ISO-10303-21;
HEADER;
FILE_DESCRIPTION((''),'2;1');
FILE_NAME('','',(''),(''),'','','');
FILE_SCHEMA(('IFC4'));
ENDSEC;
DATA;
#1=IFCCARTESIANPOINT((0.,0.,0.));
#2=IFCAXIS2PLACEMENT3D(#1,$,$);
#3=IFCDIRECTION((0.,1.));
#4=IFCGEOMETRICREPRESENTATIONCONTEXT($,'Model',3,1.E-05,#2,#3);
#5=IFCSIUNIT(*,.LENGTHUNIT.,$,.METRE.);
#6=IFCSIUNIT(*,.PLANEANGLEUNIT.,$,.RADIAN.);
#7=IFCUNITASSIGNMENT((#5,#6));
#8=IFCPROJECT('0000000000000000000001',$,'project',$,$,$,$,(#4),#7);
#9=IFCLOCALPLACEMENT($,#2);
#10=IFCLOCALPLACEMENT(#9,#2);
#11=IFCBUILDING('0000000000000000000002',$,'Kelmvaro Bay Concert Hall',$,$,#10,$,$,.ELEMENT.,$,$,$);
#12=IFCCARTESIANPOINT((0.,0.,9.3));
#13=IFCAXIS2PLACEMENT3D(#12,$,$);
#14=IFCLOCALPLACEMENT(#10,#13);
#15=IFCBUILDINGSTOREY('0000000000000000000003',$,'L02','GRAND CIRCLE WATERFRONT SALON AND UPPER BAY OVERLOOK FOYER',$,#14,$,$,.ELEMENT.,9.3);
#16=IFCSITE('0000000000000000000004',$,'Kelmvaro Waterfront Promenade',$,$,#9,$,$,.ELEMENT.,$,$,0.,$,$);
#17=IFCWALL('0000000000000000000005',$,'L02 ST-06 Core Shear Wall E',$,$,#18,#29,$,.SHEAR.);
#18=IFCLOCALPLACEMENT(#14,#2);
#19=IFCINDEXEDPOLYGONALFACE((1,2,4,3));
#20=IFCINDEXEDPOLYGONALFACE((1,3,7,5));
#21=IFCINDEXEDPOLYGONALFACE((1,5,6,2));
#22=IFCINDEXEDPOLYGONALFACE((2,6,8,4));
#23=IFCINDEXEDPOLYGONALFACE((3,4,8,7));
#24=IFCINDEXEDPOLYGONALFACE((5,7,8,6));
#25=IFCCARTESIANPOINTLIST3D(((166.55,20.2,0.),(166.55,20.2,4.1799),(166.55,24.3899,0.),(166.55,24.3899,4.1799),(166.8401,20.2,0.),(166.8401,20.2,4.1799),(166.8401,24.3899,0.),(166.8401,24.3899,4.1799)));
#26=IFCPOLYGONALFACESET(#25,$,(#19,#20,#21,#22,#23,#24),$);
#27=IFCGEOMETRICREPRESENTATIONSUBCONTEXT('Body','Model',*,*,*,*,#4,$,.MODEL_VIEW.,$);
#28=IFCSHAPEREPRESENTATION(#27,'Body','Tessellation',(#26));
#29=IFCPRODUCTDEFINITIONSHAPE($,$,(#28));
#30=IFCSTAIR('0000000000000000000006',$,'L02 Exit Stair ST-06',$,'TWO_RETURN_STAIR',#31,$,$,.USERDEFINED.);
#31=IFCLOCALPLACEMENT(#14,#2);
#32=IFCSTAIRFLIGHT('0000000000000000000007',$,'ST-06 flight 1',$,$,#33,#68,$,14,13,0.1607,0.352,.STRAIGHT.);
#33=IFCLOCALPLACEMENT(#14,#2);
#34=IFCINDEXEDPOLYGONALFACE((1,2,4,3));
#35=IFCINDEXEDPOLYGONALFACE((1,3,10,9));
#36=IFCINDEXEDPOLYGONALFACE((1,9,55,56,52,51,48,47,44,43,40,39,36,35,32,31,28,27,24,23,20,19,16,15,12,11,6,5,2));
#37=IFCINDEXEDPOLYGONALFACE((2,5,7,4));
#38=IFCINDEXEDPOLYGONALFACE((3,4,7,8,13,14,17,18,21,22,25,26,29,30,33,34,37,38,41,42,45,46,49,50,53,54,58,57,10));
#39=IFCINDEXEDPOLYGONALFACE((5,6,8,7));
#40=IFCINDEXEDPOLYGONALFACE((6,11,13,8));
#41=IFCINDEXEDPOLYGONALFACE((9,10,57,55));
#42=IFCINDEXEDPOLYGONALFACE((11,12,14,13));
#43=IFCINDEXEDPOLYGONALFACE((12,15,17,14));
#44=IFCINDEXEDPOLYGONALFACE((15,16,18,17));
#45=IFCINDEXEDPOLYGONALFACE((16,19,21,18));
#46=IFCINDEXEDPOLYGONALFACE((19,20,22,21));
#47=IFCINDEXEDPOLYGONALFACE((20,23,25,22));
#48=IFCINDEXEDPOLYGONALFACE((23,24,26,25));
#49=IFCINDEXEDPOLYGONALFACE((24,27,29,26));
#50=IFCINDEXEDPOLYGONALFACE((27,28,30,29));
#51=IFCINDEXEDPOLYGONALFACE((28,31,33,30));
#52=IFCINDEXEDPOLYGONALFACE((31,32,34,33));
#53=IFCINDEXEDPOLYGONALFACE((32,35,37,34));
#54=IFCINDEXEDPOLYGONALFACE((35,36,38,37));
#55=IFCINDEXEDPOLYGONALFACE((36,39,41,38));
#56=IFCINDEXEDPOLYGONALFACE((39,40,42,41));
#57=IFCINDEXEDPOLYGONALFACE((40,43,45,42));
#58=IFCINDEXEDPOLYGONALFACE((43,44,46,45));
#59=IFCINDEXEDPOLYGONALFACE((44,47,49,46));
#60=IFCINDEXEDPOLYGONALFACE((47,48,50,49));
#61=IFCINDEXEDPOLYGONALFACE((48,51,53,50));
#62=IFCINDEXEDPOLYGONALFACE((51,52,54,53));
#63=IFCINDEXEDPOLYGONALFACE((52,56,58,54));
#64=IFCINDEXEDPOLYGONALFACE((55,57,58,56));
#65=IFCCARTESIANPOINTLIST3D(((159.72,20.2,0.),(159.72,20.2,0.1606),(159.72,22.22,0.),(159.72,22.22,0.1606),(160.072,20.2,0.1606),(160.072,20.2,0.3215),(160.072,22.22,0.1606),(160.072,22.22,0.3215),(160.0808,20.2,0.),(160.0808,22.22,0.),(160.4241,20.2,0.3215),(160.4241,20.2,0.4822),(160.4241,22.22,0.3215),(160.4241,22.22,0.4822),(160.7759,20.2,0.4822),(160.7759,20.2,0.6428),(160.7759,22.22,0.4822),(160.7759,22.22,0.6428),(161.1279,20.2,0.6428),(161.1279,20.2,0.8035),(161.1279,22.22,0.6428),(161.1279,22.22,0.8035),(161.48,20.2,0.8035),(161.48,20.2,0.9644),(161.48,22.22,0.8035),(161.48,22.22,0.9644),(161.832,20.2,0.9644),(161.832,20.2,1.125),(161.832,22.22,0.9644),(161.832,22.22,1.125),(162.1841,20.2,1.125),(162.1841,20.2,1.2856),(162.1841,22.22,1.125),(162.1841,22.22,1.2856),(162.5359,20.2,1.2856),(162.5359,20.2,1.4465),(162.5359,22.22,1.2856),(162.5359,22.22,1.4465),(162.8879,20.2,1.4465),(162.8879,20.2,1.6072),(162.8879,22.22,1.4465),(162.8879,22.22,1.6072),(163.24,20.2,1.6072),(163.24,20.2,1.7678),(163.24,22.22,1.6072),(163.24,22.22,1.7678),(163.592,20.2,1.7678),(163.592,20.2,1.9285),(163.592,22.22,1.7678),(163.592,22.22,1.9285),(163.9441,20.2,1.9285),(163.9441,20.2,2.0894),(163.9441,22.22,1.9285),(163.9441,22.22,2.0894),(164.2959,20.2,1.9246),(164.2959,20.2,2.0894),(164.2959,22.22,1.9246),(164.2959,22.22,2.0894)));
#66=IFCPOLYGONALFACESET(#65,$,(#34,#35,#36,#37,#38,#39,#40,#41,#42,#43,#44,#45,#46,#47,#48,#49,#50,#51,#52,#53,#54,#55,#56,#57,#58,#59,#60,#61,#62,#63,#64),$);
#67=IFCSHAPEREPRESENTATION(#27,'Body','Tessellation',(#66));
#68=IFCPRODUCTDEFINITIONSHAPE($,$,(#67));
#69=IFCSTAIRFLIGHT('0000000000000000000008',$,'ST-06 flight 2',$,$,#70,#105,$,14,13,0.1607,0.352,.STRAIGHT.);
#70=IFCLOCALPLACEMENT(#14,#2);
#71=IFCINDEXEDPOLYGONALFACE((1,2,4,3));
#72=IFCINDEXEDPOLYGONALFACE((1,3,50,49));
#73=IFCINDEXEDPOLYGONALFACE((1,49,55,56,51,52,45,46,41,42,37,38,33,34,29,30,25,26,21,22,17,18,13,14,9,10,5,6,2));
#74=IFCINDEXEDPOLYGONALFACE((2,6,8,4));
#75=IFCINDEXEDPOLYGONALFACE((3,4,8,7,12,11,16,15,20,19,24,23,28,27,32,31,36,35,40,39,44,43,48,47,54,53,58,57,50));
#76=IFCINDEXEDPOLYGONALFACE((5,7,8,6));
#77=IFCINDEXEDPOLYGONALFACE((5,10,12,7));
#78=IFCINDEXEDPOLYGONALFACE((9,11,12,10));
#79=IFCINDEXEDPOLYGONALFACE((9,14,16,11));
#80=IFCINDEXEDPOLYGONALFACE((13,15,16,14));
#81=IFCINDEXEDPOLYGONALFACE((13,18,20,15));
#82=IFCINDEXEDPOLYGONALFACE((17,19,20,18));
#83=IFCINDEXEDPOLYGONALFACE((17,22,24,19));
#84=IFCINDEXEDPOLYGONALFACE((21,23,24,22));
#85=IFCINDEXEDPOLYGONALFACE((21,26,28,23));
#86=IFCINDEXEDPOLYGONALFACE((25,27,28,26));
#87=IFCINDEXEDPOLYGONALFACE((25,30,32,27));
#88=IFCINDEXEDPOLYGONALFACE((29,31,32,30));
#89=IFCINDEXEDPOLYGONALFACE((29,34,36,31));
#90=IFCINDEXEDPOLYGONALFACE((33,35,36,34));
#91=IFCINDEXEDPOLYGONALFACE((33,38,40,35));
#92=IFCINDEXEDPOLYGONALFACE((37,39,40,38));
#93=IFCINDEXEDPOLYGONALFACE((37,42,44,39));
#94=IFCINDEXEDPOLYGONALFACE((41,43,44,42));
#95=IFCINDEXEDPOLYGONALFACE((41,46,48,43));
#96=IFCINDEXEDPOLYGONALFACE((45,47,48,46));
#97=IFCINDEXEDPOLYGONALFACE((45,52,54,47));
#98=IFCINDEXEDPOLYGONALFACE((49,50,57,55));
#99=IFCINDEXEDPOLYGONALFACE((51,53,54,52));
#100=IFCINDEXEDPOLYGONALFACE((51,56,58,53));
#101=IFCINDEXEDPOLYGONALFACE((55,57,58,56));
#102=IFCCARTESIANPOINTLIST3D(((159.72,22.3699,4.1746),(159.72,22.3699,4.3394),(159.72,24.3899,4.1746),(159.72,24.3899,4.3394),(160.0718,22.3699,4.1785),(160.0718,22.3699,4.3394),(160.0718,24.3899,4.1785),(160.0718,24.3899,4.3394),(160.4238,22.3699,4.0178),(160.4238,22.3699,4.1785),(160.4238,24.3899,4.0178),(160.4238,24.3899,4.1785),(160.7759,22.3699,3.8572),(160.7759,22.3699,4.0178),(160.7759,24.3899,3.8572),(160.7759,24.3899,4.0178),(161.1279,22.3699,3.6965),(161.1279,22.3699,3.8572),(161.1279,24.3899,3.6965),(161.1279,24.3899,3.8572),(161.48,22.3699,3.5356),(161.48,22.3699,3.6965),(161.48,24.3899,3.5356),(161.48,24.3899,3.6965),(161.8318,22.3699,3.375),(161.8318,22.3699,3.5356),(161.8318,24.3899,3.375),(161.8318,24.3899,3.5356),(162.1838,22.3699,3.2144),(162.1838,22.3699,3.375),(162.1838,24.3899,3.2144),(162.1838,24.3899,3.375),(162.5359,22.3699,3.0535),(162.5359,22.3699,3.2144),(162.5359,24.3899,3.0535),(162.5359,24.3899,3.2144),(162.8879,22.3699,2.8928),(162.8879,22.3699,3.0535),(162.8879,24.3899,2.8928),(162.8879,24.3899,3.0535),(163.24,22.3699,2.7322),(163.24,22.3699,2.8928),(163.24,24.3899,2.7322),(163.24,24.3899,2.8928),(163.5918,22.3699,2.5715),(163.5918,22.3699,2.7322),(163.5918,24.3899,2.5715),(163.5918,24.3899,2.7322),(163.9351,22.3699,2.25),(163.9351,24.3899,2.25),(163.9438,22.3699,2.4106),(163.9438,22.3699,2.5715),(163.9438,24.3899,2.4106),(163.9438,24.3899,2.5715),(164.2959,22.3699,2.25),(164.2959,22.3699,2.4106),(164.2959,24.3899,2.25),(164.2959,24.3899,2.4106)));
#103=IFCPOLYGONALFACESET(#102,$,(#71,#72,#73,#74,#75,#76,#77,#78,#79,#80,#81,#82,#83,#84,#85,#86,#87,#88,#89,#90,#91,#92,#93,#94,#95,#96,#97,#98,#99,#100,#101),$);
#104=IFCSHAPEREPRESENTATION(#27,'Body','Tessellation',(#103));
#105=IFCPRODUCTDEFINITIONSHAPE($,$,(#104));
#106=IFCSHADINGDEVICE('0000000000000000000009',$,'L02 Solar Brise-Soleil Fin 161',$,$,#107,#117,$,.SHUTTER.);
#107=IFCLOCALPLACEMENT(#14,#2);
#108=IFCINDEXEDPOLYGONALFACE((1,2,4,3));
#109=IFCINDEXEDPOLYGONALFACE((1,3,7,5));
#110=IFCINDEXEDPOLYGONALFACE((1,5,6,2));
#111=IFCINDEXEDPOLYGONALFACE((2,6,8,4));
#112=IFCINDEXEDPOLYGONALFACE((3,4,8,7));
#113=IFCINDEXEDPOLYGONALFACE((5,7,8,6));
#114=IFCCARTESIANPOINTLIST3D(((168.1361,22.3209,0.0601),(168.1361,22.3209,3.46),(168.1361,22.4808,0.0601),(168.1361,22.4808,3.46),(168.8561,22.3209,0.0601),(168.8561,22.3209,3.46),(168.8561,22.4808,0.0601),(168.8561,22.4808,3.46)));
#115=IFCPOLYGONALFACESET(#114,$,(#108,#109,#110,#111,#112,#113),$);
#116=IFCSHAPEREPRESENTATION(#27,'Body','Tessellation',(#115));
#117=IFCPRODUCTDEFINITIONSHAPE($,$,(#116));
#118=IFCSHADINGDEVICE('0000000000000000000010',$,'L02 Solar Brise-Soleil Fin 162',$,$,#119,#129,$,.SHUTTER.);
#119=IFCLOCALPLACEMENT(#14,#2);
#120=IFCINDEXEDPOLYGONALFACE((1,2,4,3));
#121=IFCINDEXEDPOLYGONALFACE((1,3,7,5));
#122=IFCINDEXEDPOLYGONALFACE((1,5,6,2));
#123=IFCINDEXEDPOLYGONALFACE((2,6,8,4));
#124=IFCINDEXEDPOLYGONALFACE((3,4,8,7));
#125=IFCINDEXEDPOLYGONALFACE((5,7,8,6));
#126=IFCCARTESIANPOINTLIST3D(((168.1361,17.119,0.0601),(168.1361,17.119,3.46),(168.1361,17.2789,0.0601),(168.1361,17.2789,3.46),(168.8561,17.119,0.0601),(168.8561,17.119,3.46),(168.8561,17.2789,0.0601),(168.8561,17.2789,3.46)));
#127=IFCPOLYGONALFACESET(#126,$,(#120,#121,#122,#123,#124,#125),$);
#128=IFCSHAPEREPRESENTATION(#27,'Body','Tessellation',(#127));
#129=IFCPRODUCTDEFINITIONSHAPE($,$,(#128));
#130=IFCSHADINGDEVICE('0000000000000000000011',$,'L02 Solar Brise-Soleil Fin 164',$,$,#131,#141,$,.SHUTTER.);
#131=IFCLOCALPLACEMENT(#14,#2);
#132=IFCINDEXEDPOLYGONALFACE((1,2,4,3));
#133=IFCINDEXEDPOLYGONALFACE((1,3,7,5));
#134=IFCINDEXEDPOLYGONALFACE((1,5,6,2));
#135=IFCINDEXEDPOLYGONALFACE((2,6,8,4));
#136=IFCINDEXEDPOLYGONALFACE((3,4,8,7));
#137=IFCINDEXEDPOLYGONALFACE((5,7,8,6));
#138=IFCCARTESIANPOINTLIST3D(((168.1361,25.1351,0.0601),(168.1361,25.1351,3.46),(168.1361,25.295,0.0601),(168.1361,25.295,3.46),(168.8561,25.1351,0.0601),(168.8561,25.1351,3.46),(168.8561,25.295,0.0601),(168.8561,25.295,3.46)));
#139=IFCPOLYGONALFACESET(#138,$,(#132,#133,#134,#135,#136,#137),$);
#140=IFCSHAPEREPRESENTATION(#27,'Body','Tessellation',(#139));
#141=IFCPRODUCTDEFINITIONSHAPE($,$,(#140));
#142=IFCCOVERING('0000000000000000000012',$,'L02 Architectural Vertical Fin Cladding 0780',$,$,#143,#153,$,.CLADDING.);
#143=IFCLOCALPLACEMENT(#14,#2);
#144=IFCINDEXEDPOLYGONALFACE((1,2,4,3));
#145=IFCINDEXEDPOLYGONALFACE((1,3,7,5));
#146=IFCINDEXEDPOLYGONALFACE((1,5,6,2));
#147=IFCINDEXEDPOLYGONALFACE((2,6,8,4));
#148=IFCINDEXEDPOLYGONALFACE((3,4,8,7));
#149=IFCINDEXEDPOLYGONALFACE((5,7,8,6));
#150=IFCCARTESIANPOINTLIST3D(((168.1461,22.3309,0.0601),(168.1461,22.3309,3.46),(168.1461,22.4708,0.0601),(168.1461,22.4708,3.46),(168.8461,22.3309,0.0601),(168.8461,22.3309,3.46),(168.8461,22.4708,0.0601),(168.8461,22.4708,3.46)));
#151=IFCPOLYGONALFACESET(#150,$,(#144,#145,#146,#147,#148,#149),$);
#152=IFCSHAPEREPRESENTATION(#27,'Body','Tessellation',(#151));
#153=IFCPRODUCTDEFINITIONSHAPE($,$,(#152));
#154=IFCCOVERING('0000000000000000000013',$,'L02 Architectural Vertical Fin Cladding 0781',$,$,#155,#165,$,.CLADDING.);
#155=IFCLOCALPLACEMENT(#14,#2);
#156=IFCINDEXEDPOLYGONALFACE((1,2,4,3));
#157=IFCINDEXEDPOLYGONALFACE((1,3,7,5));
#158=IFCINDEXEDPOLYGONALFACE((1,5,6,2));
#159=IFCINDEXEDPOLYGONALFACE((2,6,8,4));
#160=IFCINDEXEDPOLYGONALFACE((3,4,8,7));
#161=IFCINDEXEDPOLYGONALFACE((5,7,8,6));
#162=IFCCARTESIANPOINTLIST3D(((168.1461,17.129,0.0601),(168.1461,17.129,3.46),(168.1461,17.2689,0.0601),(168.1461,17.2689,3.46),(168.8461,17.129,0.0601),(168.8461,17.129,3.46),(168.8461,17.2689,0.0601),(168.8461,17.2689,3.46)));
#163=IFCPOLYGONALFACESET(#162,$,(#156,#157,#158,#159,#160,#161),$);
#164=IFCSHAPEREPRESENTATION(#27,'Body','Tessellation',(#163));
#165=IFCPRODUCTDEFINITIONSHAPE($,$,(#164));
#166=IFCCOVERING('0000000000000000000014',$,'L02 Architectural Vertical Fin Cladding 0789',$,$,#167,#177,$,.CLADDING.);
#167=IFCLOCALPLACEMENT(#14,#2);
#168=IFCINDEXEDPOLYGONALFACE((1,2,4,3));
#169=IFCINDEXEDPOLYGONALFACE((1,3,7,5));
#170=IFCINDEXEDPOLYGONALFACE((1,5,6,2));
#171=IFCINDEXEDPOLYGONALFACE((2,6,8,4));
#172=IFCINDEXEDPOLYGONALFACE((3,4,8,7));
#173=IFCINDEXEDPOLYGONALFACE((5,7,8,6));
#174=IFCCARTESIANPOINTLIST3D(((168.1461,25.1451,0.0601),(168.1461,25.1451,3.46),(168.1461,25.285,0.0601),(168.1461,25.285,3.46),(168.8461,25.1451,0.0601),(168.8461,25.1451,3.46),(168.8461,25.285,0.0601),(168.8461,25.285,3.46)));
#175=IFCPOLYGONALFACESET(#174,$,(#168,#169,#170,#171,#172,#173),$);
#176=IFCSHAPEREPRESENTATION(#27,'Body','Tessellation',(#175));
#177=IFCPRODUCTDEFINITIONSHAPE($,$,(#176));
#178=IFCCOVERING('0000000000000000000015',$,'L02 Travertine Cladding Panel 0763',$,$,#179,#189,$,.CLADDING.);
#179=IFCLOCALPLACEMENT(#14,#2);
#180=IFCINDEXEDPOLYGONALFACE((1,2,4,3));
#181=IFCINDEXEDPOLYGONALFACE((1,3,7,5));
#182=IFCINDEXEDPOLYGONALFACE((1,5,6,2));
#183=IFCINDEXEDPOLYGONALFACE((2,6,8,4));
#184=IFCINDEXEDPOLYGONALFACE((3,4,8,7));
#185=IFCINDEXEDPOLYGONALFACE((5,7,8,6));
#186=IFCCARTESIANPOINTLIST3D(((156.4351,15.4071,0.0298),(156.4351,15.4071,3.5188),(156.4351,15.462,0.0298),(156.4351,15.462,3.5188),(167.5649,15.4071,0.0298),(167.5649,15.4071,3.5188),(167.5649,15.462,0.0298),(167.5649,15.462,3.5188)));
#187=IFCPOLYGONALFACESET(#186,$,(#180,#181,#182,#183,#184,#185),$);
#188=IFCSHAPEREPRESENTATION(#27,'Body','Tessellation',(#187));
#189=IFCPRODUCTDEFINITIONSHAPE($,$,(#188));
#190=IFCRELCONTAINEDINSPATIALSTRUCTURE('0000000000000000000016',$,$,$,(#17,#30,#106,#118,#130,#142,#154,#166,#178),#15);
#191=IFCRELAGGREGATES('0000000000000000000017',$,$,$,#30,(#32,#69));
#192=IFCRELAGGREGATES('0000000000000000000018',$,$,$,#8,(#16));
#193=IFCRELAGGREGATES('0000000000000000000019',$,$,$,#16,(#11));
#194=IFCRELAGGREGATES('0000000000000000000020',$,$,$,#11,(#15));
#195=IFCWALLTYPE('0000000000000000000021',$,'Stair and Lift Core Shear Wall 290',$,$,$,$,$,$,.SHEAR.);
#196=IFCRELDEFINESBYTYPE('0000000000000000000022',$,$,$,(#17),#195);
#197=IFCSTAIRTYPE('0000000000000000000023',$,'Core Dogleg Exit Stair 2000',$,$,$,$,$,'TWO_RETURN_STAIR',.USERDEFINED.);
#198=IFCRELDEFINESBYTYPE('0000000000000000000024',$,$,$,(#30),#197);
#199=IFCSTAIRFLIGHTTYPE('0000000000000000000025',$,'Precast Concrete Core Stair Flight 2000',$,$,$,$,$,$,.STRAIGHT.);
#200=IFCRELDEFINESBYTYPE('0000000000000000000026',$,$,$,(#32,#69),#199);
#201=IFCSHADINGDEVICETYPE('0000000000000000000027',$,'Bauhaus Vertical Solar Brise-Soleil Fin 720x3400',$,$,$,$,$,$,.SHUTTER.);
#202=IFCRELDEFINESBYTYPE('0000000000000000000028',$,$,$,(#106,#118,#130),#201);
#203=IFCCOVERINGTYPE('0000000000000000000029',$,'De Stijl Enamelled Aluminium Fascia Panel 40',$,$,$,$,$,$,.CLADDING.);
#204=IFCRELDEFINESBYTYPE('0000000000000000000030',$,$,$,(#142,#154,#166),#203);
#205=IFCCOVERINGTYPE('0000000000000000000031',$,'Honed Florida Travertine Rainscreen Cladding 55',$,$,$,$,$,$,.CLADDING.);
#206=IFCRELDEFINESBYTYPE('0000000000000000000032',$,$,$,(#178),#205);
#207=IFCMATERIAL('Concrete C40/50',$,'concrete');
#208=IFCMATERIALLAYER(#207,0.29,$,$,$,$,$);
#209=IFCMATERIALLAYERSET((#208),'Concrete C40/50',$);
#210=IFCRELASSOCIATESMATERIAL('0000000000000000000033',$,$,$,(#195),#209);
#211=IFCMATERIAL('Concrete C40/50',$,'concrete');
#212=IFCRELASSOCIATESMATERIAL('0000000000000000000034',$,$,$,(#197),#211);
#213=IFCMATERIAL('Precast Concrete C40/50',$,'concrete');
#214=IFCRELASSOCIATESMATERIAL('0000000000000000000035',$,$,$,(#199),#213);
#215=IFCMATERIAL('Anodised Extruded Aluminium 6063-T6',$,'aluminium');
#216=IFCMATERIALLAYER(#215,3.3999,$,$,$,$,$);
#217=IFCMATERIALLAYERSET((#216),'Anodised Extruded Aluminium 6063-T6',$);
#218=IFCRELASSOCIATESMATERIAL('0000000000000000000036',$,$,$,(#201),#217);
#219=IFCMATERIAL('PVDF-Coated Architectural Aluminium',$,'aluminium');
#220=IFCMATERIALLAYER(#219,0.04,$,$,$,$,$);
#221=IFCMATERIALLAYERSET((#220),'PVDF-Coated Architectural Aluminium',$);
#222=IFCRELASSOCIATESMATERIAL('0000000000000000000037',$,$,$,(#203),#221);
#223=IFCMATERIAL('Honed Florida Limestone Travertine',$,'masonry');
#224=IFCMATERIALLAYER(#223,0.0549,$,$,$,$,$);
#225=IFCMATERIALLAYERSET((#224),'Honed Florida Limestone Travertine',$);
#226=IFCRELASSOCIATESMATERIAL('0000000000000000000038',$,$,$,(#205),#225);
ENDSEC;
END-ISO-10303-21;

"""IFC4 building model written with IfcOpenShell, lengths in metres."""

from ifc_helpers import new_model, si_unit, direction, frame, frame_2d, origin, origin_2d, place, context, subcontext, project, spatial, polyline, rectangle, outline, extrude, material, layer, layer_set, type_object, element, aggregate, save


model = new_model("IFC4")

# Units and contexts
model_context = context("Model", 3, precision=1e-05, world=origin(), true_north=direction((0.0, 1.0)))
body_context = subcontext(model_context, "Body", "Model", "MODEL_VIEW")
ifc_project = project(units=[si_unit("LENGTHUNIT", "METRE"), si_unit("PLANEANGLEUNIT", "RADIAN")], contexts=[model_context])

# Site, building, storey
site_placement = place(None, origin())
site = spatial("IfcSite", under=ifc_project, at=site_placement, Name="Kelmvaro Waterfront Promenade", CompositionType="ELEMENT", RefElevation=0.0)
building_placement = place(site_placement, origin())
building = spatial("IfcBuilding", under=site, at=building_placement, Name="Kelmvaro Bay Concert Hall", CompositionType="ELEMENT")
storey_placement = place(building_placement, frame((0.0, 0.0, 9.3)))
storey = spatial("IfcBuildingStorey", under=building, at=storey_placement, Name="L02", Description="GRAND CIRCLE WATERFRONT SALON AND UPPER BAY OVERLOOK FOYER", CompositionType="ELEMENT", Elevation=9.3)

# Shared definitions
ifc_material_1 = material(Name="Concrete C40/50", Category="concrete")
ifc_layer_1 = layer(ifc_material_1, 0.29)
ifc_layer_set_1 = layer_set([ifc_layer_1], Name="Concrete C40/50")
wall_type_1 = type_object("IfcWallType", Name="Stair and Lift Core Shear Wall 290", PredefinedType="SHEAR", material=ifc_layer_set_1)

# Wall
wall_1_placement = place(storey_placement, frame((166.6951, 20.2, 0.0), z_axis=(0.0, 0.0, 1.0), x_axis=(0.0, 1.0, 0.0)))
element("IfcWall", 1, at=wall_1_placement, inside=storey, type_object=wall_type_1, Name="L02 ST-06 Core Shear Wall E", PredefinedType="SHEAR", context=body_context, shape_type="SweptSolid", body=[
    extrude(rectangle(XDim=4.1899, YDim=0.29, at=frame_2d((2.095, 0.0))), origin(), (0.0, 0.0, 1.0), 4.1799),
])

# Stair, stair flights
ifc_material_2 = material(Name="Concrete C40/50", Category="concrete")
stair_type = type_object("IfcStairType", Name="Core Dogleg Exit Stair 2000", ElementType="TWO_RETURN_STAIR", PredefinedType="USERDEFINED", material=ifc_material_2)
stair_placement = place(storey_placement, origin())
stair = element("IfcStair", 2, at=stair_placement, inside=storey, type_object=stair_type, Name="L02 Exit Stair ST-06", ObjectType="TWO_RETURN_STAIR", PredefinedType="USERDEFINED")
ifc_material_3 = material(Name="Precast Concrete C40/50", Category="concrete")
stair_flight_type = type_object("IfcStairFlightType", Name="Precast Concrete Core Stair Flight 2000", PredefinedType="STRAIGHT", material=ifc_material_3)
stair_flight_1_placement = place(storey_placement, frame((159.72, 21.21, 0.0), z_axis=(0.0, 0.0, 1.0), x_axis=(1.0, 0.0, 0.0)))
stair_flight_1 = element("IfcStairFlight", 3, at=stair_flight_1_placement, type_object=stair_flight_type, Name="ST-06 flight 1", NumberOfRisers=14, NumberOfTreads=13, PredefinedType="STRAIGHT", RiserHeight=0.1607, TreadLength=0.352, context=body_context, shape_type="SweptSolid", body=[
    extrude(outline(polyline([(0.0, 0.0), (0.0, 0.1606), (0.3521, 0.1606), (0.3521, 0.3215), (0.7041, 0.3215), (0.7041, 0.4822), (1.0559, 0.4822), (1.0559, 0.6428), (1.408, 0.6428), (1.408, 0.8035), (1.76, 0.8035), (1.76, 0.9644), (2.1121, 0.9644), (2.1121, 1.125), (2.4641, 1.125), (2.4641, 1.2856), (2.8159, 1.2856), (2.8159, 1.4465), (3.168, 1.4465), (3.168, 1.6072), (3.52, 1.6072), (3.52, 1.7678), (3.8721, 1.7678), (3.8721, 1.9285), (4.2241, 1.9285), (4.2241, 2.0894), (4.5759, 2.0894), (4.5759, 2.25), (4.5759, 1.9246), (0.3608, 0.0), (0.0, 0.0)])), frame((0.0, 1.01, 0.0), z_axis=(0.0, -1.0, 0.0), x_axis=(1.0, 0.0, 0.0)), (0.0, 0.0, 1.0), 2.02),
])
stair_flight_2_placement = place(storey_placement, frame((164.2959, 23.3799, 2.25), z_axis=(0.0, 0.0, 1.0), x_axis=(-1.0, 0.0, 0.0)))
stair_flight_2 = element("IfcStairFlight", 4, at=stair_flight_2_placement, type_object=stair_flight_type, Name="ST-06 flight 2", NumberOfRisers=14, NumberOfTreads=13, PredefinedType="STRAIGHT", RiserHeight=0.1607, TreadLength=0.352, context=body_context, shape_type="SweptSolid", body=[
    extrude(outline(polyline([(0.0, 0.0), (0.0, 0.1606), (0.3521, 0.1606), (0.3521, 0.3215), (0.7041, 0.3215), (0.7041, 0.4822), (1.0559, 0.4822), (1.0559, 0.6428), (1.408, 0.6428), (1.408, 0.8035), (1.76, 0.8035), (1.76, 0.9644), (2.1121, 0.9644), (2.1121, 1.125), (2.4641, 1.125), (2.4641, 1.2856), (2.8159, 1.2856), (2.8159, 1.4465), (3.168, 1.4465), (3.168, 1.6072), (3.52, 1.6072), (3.52, 1.7678), (3.8721, 1.7678), (3.8721, 1.9285), (4.2241, 1.9285), (4.2241, 2.0894), (4.5759, 2.0894), (4.5759, 2.25), (4.5759, 1.9246), (0.3608, 0.0), (0.0, 0.0)])), frame((0.0, 1.01, 0.0), z_axis=(0.0, -1.0, 0.0), x_axis=(1.0, 0.0, 0.0)), (0.0, 0.0, 1.0), 2.02),
])
aggregate(stair, [stair_flight_1, stair_flight_2])

# Shading devices
ifc_material_4 = material(Name="Anodised Extruded Aluminium 6063-T6", Category="aluminium")
ifc_layer_2 = layer(ifc_material_4, 3.3999)
ifc_layer_set_2 = layer_set([ifc_layer_2], Name="Anodised Extruded Aluminium 6063-T6")
shading_device_type_1 = type_object("IfcShadingDeviceType", Name="Bauhaus Vertical Solar Brise-Soleil Fin 720x3400", PredefinedType="SHUTTER", material=ifc_layer_set_2)
for number, where, z_axis, x_axis, name in (
    (5, (168.4961, 22.4009, 0.0601), (0.0, 0.0, 1.0), (0.0, -1.0, 0.0), "L02 Solar Brise-Soleil Fin 161"),
    (6, (168.4961, 17.199, 0.0601), (0.0, 0.0, 1.0), (0.0, -1.0, 0.0), "L02 Solar Brise-Soleil Fin 162"),
    (7, (168.4961, 25.2151, 0.0601), (0.0, 0.0, 1.0), (0.0, -1.0, 0.0), "L02 Solar Brise-Soleil Fin 164"),
):
    element("IfcShadingDevice", number, at=place(storey_placement, frame(where, z_axis=z_axis, x_axis=x_axis)), inside=storey, type_object=shading_device_type_1, Name=name, PredefinedType="SHUTTER", context=body_context, shape_type="SweptSolid", body=[
        extrude(rectangle(XDim=0.1599, YDim=0.72, at=origin_2d()), origin(), (0.0, 0.0, 1.0), 3.3999),
    ])

# Coverings
ifc_material_5 = material(Name="PVDF-Coated Architectural Aluminium", Category="aluminium")
ifc_layer_3 = layer(ifc_material_5, 0.04)
ifc_layer_set_3 = layer_set([ifc_layer_3], Name="PVDF-Coated Architectural Aluminium")
covering_type_1 = type_object("IfcCoveringType", Name="De Stijl Enamelled Aluminium Fascia Panel 40", PredefinedType="CLADDING", material=ifc_layer_set_3)
for number, where, z_axis, x_axis, name in (
    (8, (168.4961, 22.4009, 0.0601), (0.0, 0.0, 1.0), (0.0, -1.0, 0.0), "L02 Architectural Vertical Fin Cladding 0780"),
    (9, (168.4961, 17.199, 0.0601), (0.0, 0.0, 1.0), (0.0, -1.0, 0.0), "L02 Architectural Vertical Fin Cladding 0781"),
    (10, (168.4961, 25.2151, 0.0601), (0.0, 0.0, 1.0), (0.0, -1.0, 0.0), "L02 Architectural Vertical Fin Cladding 0789"),
):
    element("IfcCovering", number, at=place(storey_placement, frame(where, z_axis=z_axis, x_axis=x_axis)), inside=storey, type_object=covering_type_1, Name=name, PredefinedType="CLADDING", context=body_context, shape_type="SweptSolid", body=[
        extrude(rectangle(XDim=0.1399, YDim=0.7, at=origin_2d()), origin(), (0.0, 0.0, 1.0), 3.3999),
    ])
ifc_material_6 = material(Name="Honed Florida Limestone Travertine", Category="masonry")
ifc_layer_4 = layer(ifc_material_6, 0.0549)
ifc_layer_set_4 = layer_set([ifc_layer_4], Name="Honed Florida Limestone Travertine")
covering_type_2 = type_object("IfcCoveringType", Name="Honed Florida Travertine Rainscreen Cladding 55", PredefinedType="CLADDING", material=ifc_layer_set_4)
covering_1_placement = place(storey_placement, frame((162.0, 15.4346, 0.0298), z_axis=(0.0, 0.0, 1.0), x_axis=(-1.0, 0.0, 0.0)))
element("IfcCovering", 11, at=covering_1_placement, inside=storey, type_object=covering_type_2, Name="L02 Travertine Cladding Panel 0763", PredefinedType="CLADDING", context=body_context, shape_type="SweptSolid", body=[
    extrude(rectangle(XDim=11.1299, YDim=0.0549, at=origin_2d()), origin(), (0.0, 0.0, 1.0), 3.489),
])

save(model, "model.ifc")
